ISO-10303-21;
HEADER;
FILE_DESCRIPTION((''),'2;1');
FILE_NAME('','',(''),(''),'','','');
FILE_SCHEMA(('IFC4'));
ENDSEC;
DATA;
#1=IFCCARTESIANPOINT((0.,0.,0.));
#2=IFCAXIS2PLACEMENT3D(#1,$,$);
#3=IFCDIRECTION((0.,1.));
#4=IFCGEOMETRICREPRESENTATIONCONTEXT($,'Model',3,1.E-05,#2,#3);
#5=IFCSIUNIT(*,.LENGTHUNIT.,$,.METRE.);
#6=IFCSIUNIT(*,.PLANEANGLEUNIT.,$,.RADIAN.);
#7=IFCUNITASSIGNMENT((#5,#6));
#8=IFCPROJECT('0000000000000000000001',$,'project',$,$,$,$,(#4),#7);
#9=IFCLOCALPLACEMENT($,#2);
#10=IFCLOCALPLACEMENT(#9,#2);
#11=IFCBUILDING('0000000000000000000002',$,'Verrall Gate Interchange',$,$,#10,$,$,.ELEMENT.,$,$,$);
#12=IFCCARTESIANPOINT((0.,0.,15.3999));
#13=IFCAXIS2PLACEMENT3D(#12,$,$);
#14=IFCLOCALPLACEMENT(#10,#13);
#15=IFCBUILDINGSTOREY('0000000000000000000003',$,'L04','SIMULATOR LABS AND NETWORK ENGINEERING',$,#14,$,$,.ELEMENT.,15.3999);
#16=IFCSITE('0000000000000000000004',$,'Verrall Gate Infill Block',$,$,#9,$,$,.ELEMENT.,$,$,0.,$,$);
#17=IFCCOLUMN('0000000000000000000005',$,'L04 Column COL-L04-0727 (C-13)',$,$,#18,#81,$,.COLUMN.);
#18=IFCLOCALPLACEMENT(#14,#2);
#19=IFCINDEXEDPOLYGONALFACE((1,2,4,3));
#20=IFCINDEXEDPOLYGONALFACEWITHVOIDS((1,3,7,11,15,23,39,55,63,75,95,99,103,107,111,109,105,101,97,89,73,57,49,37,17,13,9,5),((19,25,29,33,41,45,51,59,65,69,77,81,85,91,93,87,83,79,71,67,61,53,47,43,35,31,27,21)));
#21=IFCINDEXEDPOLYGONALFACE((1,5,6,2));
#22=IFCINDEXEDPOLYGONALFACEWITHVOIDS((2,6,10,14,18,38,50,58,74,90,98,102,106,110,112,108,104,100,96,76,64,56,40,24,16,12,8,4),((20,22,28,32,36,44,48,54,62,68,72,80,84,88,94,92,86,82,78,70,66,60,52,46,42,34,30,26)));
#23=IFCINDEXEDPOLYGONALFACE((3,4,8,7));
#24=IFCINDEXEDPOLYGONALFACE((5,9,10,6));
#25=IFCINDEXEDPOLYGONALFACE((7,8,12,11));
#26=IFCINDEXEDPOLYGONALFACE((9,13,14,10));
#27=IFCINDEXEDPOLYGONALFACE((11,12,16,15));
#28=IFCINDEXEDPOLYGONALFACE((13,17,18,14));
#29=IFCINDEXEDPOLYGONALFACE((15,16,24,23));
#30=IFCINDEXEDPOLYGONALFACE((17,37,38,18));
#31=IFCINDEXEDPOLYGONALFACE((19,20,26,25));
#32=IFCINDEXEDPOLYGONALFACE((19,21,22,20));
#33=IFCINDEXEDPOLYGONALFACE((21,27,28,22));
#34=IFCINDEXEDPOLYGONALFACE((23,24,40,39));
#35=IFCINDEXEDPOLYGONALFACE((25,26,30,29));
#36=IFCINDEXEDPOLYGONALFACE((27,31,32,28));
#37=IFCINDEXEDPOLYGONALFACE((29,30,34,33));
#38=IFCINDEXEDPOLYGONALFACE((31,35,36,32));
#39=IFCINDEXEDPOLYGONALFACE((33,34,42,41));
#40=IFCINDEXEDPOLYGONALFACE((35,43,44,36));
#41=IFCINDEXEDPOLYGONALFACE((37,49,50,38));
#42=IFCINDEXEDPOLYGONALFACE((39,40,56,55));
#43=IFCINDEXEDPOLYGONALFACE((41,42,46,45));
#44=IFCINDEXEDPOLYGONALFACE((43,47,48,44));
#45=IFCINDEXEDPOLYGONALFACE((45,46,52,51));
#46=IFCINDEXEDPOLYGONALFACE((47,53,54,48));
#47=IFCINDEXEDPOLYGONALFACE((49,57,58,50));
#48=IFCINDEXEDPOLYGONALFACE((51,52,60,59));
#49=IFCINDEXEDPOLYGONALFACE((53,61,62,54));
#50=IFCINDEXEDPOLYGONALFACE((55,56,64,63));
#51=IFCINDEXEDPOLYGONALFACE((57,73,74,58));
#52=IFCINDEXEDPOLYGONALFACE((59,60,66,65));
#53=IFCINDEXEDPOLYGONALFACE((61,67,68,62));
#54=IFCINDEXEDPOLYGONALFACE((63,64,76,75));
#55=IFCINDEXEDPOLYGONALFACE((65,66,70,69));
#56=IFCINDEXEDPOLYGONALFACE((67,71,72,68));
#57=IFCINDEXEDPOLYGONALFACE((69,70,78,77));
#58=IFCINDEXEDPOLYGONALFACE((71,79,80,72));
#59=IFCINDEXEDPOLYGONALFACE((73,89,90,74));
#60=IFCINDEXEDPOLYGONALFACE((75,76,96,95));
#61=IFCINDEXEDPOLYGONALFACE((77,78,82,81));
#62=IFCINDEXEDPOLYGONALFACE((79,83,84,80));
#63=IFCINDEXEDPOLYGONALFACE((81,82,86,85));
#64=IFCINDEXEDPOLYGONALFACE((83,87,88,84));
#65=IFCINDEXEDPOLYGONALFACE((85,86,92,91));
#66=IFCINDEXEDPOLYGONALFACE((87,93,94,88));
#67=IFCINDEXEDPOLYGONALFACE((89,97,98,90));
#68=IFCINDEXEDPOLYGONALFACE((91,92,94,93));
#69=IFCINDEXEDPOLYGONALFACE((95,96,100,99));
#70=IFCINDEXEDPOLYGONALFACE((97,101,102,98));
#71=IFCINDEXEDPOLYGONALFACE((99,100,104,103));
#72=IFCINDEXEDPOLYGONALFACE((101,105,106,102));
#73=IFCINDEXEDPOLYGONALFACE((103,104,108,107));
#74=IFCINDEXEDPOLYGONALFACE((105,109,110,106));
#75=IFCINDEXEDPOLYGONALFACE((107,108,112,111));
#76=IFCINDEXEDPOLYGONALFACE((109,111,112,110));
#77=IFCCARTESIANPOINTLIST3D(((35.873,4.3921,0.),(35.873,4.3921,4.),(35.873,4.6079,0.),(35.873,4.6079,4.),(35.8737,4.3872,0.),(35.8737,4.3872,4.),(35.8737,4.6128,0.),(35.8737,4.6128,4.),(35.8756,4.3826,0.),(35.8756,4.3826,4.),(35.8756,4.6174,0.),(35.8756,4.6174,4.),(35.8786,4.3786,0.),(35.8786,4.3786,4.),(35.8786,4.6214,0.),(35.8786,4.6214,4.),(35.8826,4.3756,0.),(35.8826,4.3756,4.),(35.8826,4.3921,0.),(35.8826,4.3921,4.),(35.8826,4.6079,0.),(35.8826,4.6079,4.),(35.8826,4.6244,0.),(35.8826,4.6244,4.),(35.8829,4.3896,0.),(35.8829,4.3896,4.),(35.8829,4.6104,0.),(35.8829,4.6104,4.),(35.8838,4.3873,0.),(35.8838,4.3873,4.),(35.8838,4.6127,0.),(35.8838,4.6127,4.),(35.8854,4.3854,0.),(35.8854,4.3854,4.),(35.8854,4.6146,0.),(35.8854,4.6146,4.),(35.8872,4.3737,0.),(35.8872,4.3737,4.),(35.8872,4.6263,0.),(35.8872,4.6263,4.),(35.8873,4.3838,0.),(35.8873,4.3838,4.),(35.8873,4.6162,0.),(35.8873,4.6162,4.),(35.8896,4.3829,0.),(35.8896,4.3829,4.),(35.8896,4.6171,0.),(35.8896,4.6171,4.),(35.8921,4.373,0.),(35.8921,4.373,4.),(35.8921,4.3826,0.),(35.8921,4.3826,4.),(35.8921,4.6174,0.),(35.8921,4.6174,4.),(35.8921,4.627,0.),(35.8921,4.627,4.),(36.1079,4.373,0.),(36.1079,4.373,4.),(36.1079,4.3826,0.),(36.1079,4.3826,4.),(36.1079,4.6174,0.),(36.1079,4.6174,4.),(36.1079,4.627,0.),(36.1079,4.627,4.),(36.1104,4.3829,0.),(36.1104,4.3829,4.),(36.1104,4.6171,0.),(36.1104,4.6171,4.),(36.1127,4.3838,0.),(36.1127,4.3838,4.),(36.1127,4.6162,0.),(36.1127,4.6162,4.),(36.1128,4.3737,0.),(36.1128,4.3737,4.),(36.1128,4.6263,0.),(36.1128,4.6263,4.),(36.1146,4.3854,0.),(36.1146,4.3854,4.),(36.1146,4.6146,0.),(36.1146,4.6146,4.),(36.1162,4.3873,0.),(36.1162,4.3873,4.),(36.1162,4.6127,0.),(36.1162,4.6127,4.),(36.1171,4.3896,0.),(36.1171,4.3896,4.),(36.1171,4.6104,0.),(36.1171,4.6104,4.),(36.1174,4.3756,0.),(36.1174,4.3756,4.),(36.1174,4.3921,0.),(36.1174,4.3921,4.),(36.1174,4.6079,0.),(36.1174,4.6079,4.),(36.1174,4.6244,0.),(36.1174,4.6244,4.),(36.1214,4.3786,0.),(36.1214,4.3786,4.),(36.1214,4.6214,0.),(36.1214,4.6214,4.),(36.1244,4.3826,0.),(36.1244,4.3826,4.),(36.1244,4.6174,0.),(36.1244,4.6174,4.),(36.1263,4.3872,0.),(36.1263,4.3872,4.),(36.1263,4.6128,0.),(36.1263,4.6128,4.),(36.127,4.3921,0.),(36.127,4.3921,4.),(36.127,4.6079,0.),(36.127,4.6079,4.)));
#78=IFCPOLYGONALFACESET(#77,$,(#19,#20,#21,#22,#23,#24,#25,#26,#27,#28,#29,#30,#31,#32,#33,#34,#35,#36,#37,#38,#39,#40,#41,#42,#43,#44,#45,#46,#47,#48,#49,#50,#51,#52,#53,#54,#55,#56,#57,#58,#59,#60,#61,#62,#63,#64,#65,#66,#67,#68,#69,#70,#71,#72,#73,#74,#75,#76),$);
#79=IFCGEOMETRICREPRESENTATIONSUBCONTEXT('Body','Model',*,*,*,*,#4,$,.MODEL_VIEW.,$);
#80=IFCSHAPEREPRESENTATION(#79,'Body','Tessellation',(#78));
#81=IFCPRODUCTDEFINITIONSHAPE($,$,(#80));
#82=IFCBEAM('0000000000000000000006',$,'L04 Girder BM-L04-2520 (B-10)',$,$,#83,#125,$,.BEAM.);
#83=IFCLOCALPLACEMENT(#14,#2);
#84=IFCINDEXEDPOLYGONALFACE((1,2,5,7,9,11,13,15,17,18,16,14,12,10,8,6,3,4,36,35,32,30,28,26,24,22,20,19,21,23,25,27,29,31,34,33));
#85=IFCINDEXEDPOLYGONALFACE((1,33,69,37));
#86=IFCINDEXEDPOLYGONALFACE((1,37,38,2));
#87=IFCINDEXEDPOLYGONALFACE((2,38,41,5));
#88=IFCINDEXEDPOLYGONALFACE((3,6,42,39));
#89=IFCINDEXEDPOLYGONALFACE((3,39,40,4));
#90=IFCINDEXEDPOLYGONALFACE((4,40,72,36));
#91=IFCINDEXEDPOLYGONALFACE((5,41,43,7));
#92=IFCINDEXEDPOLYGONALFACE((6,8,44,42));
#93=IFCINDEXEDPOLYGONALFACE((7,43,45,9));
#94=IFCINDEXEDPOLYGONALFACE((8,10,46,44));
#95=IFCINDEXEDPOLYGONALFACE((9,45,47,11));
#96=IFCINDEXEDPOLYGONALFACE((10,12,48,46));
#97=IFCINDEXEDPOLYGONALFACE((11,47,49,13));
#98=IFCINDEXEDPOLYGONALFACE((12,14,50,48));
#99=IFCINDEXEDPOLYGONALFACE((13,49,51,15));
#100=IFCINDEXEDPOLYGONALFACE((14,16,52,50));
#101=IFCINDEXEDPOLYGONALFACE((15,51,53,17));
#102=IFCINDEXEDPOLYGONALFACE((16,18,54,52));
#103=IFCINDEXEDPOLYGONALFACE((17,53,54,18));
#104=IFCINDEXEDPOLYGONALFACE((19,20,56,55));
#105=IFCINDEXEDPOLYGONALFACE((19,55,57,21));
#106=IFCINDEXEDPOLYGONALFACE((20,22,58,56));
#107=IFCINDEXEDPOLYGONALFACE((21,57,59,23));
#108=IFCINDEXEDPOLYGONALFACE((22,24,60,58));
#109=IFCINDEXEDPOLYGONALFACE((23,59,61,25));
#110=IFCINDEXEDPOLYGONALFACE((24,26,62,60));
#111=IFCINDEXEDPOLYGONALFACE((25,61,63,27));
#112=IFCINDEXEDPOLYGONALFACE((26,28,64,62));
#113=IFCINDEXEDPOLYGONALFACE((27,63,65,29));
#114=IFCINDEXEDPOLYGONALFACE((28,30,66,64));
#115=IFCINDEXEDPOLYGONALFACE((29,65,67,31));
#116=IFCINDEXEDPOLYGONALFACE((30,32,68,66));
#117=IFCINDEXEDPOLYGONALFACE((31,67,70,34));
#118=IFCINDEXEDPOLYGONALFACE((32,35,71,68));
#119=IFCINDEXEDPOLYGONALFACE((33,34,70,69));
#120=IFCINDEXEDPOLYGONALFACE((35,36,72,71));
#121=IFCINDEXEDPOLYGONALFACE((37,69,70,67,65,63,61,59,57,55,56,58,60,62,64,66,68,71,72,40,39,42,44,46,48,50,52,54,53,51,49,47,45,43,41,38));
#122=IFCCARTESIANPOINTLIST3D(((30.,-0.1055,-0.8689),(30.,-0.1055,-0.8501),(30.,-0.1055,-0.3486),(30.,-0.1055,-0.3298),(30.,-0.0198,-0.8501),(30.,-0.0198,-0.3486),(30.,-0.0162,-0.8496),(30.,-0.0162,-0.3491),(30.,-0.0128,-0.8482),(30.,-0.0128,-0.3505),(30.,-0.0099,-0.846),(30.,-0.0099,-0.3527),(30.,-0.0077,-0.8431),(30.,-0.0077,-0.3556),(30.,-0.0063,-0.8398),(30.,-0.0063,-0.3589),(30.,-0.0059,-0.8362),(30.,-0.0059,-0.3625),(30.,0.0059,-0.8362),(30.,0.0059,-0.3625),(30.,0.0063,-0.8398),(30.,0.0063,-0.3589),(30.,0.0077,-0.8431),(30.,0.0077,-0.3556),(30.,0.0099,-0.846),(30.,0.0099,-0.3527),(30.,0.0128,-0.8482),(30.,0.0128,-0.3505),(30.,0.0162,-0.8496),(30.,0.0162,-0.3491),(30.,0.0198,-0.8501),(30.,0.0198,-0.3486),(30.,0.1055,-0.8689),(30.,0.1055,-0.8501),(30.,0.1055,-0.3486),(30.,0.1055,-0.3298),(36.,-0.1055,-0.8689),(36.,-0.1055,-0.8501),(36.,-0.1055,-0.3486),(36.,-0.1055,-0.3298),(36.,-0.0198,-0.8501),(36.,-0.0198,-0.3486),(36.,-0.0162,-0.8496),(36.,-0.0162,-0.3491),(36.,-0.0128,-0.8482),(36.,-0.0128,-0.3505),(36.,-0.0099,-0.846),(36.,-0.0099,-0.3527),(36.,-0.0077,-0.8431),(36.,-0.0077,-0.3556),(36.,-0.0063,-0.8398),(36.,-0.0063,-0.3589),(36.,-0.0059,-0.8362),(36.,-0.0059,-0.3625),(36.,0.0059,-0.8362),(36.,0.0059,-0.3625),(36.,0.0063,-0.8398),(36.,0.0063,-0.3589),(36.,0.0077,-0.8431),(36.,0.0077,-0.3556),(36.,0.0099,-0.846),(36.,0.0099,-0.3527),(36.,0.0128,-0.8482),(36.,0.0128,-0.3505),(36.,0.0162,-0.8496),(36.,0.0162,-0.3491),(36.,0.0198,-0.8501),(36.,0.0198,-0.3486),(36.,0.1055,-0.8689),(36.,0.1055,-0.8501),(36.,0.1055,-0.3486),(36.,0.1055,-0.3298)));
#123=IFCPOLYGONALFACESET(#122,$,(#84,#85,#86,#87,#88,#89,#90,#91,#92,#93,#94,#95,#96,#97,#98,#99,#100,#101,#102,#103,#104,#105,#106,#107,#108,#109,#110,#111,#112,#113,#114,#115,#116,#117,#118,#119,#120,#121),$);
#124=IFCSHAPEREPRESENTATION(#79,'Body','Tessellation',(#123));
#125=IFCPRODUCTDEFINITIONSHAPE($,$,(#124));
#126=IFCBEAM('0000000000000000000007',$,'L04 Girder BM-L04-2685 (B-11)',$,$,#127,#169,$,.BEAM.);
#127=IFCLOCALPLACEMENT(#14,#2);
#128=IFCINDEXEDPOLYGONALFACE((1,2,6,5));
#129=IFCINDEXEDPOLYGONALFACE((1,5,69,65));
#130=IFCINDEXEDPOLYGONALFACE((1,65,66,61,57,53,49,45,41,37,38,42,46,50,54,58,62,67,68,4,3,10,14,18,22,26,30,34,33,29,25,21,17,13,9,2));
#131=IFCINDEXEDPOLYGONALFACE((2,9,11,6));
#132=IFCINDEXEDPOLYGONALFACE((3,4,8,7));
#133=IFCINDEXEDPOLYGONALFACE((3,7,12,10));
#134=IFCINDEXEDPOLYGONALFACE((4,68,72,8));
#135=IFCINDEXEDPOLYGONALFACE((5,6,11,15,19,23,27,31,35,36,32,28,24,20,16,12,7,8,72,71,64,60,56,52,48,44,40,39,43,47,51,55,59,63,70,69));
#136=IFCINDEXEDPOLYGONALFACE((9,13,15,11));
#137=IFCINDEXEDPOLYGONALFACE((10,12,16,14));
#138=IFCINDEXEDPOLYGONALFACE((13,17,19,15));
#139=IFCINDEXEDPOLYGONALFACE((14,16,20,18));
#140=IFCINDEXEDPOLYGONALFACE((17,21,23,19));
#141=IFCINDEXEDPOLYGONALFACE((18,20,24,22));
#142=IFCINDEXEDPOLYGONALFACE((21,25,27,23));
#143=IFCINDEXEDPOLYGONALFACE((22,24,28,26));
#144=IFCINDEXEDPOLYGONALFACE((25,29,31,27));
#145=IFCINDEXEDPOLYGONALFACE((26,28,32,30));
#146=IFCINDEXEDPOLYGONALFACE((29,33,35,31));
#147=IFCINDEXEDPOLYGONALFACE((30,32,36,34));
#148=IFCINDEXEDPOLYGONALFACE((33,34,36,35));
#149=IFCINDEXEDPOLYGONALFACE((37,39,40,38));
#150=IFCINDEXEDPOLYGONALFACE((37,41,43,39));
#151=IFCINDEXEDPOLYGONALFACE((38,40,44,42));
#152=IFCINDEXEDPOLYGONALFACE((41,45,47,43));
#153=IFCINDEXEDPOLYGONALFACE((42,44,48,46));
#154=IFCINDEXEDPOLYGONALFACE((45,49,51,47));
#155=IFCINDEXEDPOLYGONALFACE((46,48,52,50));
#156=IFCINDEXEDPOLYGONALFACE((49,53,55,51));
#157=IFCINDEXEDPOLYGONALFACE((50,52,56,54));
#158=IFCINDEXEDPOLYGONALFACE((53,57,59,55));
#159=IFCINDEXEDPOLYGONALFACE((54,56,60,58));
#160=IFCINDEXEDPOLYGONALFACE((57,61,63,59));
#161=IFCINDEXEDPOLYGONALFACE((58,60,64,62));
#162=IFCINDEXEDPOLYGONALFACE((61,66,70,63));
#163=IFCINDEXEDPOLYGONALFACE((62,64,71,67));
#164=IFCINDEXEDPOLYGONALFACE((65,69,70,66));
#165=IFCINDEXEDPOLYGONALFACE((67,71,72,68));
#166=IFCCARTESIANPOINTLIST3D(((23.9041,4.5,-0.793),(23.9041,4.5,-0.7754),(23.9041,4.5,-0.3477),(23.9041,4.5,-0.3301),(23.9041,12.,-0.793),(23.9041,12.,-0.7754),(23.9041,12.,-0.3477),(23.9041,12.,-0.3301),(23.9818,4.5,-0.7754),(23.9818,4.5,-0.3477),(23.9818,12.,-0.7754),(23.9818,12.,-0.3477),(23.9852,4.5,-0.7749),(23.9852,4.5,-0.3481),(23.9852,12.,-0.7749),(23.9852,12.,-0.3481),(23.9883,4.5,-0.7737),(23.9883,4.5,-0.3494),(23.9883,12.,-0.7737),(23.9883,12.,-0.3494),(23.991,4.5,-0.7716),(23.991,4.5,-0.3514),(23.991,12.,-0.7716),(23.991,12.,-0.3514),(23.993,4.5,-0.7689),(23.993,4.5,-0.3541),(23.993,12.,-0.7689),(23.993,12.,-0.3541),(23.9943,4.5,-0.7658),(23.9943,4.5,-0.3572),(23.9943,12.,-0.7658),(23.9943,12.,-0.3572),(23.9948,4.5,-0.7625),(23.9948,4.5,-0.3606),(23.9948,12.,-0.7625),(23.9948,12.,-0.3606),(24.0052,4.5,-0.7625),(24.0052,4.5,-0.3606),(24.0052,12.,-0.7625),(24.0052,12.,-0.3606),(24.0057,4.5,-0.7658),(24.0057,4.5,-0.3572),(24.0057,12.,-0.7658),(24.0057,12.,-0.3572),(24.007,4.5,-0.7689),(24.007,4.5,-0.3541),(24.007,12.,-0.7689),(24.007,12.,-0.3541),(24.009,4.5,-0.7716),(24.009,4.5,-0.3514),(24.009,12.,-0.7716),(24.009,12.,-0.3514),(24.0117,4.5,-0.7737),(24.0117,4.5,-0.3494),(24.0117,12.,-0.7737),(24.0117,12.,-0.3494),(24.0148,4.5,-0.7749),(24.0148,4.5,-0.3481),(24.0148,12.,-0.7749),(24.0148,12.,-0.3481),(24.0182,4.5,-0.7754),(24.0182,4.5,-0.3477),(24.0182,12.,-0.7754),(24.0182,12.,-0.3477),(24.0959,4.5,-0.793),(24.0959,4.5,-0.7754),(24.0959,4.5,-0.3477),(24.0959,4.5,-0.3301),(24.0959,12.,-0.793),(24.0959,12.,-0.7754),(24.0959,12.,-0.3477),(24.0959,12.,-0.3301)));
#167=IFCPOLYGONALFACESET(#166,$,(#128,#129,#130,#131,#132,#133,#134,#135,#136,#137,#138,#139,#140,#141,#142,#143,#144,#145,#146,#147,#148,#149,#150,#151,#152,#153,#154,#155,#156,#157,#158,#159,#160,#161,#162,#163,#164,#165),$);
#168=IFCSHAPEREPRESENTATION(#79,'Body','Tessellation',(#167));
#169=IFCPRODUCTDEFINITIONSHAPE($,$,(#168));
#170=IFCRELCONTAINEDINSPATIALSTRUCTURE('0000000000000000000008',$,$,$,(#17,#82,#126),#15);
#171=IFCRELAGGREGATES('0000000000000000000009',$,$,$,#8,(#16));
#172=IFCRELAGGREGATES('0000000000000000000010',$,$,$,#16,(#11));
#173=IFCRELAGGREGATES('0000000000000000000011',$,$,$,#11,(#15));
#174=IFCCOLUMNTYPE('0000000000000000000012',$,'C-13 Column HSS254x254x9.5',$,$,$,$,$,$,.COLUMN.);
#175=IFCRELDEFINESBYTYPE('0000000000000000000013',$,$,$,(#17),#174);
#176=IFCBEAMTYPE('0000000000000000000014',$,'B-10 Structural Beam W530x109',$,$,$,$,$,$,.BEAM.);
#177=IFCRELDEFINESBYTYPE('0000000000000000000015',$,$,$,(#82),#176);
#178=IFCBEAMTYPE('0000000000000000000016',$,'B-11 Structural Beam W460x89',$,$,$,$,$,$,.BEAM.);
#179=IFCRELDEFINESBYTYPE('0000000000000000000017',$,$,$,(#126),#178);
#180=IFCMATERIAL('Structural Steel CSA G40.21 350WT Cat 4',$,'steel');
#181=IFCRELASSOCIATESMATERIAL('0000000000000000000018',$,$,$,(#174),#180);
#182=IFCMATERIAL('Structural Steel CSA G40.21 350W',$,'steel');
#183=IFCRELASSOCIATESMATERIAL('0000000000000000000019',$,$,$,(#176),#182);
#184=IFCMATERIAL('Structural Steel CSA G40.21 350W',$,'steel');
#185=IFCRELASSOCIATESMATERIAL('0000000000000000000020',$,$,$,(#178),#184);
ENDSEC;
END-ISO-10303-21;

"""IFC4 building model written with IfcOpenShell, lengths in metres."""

from ifc_helpers import new_model, si_unit, direction, frame, origin, origin_2d, place, context, subcontext, project, spatial, hollow_rectangle, i_section, extrude, material, material_profile, profile_set, type_object, element, save


model = new_model("IFC4")

# Units and contexts
model_context = context("Model", 3, precision=1e-05, world=origin(), true_north=direction((0.0, 1.0)))
body_context = subcontext(model_context, "Body", "Model", "MODEL_VIEW")
ifc_project = project(units=[si_unit("LENGTHUNIT", "METRE"), si_unit("PLANEANGLEUNIT", "RADIAN")], contexts=[model_context])

# Site, building, storey
site_placement = place(None, origin())
site = spatial("IfcSite", under=ifc_project, at=site_placement, Name="Verrall Gate Infill Block", CompositionType="ELEMENT", RefElevation=0.0)
building_placement = place(site_placement, origin())
building = spatial("IfcBuilding", under=site, at=building_placement, Name="Verrall Gate Interchange", CompositionType="ELEMENT")
storey_placement = place(building_placement, frame((0.0, 0.0, 15.3999)))
storey = spatial("IfcBuildingStorey", under=building, at=storey_placement, Name="L04", Description="SIMULATOR LABS AND NETWORK ENGINEERING", CompositionType="ELEMENT", Elevation=15.3999)

# Column
ifc_material_1 = material(Name="Structural Steel CSA G40.21 350WT Cat 4", Category="steel")
ifc_material_profile_1 = material_profile(ifc_material_1, hollow_rectangle(XDim=0.2539, YDim=0.2539, WallThickness=0.0095, InnerFilletRadius=0.0095, OuterFilletRadius=0.019, at=origin_2d()), Name="HSS254x254x9.5")
ifc_profile_set_1 = profile_set([ifc_material_profile_1], Name="Structural Steel CSA G40.21 350WT Cat 4")
column_type_1 = type_object("IfcColumnType", Name="C-13 Column HSS254x254x9.5", PredefinedType="COLUMN", material=ifc_profile_set_1)
for number, where, z_axis, x_axis, name in (
    (1, (36.0, 4.5, 0.0), (0.0, 0.0, 1.0), (1.0, 0.0, 0.0), "L04 Column COL-L04-0727 (C-13)"),
):
    element("IfcColumn", number, at=place(storey_placement, frame(where, z_axis=z_axis, x_axis=x_axis)), inside=storey, type_object=column_type_1, Name=name, PredefinedType="COLUMN", context=body_context, shape_type="SweptSolid", body=[
        extrude(hollow_rectangle(XDim=0.2539, YDim=0.2539, WallThickness=0.0095, InnerFilletRadius=0.0095, OuterFilletRadius=0.019, at=origin_2d()), origin(), (0.0, 0.0, 1.0), 4.0),
    ])

# Beams
ifc_material_2 = material(Name="Structural Steel CSA G40.21 350W", Category="steel")
ifc_material_profile_2 = material_profile(ifc_material_2, i_section(OverallWidth=0.2109, OverallDepth=0.5391, WebThickness=0.0117, FlangeThickness=0.0188, FilletRadius=0.0139, at=origin_2d()), Name="W530x109")
ifc_profile_set_2 = profile_set([ifc_material_profile_2], Name="Structural Steel CSA G40.21 350W")
beam_type_1 = type_object("IfcBeamType", Name="B-10 Structural Beam W530x109", PredefinedType="BEAM", material=ifc_profile_set_2)
beam_1_placement = place(storey_placement, frame((30.0, 0.0, -0.5994), z_axis=(1.0, 0.0, 0.0), x_axis=(0.0, 1.0, 0.0)))
element("IfcBeam", 2, at=beam_1_placement, inside=storey, type_object=beam_type_1, Name="L04 Girder BM-L04-2520 (B-10)", PredefinedType="BEAM", context=body_context, shape_type="SweptSolid", body=[
    extrude(i_section(OverallWidth=0.2109, OverallDepth=0.5391, WebThickness=0.0117, FlangeThickness=0.0188, FilletRadius=0.0139, at=origin_2d()), origin(), (0.0, 0.0, 1.0), 6.0),
])
ifc_material_3 = material(Name="Structural Steel CSA G40.21 350W", Category="steel")
ifc_material_profile_3 = material_profile(ifc_material_3, i_section(OverallWidth=0.1919, OverallDepth=0.4629, WebThickness=0.0105, FlangeThickness=0.0176, FilletRadius=0.0129, at=origin_2d()), Name="W460x89")
ifc_profile_set_3 = profile_set([ifc_material_profile_3], Name="Structural Steel CSA G40.21 350W")
beam_type_2 = type_object("IfcBeamType", Name="B-11 Structural Beam W460x89", PredefinedType="BEAM", material=ifc_profile_set_3)
beam_2_placement = place(storey_placement, frame((24.0, 4.5, -0.5615), z_axis=(0.0, 1.0, 0.0), x_axis=(-1.0, 0.0, 0.0)))
element("IfcBeam", 3, at=beam_2_placement, inside=storey, type_object=beam_type_2, Name="L04 Girder BM-L04-2685 (B-11)", PredefinedType="BEAM", context=body_context, shape_type="SweptSolid", body=[
    extrude(i_section(OverallWidth=0.1919, OverallDepth=0.4629, WebThickness=0.0105, FlangeThickness=0.0176, FilletRadius=0.0129, at=origin_2d()), origin(), (0.0, 0.0, 1.0), 7.5),
])

save(model, "model.ifc")
